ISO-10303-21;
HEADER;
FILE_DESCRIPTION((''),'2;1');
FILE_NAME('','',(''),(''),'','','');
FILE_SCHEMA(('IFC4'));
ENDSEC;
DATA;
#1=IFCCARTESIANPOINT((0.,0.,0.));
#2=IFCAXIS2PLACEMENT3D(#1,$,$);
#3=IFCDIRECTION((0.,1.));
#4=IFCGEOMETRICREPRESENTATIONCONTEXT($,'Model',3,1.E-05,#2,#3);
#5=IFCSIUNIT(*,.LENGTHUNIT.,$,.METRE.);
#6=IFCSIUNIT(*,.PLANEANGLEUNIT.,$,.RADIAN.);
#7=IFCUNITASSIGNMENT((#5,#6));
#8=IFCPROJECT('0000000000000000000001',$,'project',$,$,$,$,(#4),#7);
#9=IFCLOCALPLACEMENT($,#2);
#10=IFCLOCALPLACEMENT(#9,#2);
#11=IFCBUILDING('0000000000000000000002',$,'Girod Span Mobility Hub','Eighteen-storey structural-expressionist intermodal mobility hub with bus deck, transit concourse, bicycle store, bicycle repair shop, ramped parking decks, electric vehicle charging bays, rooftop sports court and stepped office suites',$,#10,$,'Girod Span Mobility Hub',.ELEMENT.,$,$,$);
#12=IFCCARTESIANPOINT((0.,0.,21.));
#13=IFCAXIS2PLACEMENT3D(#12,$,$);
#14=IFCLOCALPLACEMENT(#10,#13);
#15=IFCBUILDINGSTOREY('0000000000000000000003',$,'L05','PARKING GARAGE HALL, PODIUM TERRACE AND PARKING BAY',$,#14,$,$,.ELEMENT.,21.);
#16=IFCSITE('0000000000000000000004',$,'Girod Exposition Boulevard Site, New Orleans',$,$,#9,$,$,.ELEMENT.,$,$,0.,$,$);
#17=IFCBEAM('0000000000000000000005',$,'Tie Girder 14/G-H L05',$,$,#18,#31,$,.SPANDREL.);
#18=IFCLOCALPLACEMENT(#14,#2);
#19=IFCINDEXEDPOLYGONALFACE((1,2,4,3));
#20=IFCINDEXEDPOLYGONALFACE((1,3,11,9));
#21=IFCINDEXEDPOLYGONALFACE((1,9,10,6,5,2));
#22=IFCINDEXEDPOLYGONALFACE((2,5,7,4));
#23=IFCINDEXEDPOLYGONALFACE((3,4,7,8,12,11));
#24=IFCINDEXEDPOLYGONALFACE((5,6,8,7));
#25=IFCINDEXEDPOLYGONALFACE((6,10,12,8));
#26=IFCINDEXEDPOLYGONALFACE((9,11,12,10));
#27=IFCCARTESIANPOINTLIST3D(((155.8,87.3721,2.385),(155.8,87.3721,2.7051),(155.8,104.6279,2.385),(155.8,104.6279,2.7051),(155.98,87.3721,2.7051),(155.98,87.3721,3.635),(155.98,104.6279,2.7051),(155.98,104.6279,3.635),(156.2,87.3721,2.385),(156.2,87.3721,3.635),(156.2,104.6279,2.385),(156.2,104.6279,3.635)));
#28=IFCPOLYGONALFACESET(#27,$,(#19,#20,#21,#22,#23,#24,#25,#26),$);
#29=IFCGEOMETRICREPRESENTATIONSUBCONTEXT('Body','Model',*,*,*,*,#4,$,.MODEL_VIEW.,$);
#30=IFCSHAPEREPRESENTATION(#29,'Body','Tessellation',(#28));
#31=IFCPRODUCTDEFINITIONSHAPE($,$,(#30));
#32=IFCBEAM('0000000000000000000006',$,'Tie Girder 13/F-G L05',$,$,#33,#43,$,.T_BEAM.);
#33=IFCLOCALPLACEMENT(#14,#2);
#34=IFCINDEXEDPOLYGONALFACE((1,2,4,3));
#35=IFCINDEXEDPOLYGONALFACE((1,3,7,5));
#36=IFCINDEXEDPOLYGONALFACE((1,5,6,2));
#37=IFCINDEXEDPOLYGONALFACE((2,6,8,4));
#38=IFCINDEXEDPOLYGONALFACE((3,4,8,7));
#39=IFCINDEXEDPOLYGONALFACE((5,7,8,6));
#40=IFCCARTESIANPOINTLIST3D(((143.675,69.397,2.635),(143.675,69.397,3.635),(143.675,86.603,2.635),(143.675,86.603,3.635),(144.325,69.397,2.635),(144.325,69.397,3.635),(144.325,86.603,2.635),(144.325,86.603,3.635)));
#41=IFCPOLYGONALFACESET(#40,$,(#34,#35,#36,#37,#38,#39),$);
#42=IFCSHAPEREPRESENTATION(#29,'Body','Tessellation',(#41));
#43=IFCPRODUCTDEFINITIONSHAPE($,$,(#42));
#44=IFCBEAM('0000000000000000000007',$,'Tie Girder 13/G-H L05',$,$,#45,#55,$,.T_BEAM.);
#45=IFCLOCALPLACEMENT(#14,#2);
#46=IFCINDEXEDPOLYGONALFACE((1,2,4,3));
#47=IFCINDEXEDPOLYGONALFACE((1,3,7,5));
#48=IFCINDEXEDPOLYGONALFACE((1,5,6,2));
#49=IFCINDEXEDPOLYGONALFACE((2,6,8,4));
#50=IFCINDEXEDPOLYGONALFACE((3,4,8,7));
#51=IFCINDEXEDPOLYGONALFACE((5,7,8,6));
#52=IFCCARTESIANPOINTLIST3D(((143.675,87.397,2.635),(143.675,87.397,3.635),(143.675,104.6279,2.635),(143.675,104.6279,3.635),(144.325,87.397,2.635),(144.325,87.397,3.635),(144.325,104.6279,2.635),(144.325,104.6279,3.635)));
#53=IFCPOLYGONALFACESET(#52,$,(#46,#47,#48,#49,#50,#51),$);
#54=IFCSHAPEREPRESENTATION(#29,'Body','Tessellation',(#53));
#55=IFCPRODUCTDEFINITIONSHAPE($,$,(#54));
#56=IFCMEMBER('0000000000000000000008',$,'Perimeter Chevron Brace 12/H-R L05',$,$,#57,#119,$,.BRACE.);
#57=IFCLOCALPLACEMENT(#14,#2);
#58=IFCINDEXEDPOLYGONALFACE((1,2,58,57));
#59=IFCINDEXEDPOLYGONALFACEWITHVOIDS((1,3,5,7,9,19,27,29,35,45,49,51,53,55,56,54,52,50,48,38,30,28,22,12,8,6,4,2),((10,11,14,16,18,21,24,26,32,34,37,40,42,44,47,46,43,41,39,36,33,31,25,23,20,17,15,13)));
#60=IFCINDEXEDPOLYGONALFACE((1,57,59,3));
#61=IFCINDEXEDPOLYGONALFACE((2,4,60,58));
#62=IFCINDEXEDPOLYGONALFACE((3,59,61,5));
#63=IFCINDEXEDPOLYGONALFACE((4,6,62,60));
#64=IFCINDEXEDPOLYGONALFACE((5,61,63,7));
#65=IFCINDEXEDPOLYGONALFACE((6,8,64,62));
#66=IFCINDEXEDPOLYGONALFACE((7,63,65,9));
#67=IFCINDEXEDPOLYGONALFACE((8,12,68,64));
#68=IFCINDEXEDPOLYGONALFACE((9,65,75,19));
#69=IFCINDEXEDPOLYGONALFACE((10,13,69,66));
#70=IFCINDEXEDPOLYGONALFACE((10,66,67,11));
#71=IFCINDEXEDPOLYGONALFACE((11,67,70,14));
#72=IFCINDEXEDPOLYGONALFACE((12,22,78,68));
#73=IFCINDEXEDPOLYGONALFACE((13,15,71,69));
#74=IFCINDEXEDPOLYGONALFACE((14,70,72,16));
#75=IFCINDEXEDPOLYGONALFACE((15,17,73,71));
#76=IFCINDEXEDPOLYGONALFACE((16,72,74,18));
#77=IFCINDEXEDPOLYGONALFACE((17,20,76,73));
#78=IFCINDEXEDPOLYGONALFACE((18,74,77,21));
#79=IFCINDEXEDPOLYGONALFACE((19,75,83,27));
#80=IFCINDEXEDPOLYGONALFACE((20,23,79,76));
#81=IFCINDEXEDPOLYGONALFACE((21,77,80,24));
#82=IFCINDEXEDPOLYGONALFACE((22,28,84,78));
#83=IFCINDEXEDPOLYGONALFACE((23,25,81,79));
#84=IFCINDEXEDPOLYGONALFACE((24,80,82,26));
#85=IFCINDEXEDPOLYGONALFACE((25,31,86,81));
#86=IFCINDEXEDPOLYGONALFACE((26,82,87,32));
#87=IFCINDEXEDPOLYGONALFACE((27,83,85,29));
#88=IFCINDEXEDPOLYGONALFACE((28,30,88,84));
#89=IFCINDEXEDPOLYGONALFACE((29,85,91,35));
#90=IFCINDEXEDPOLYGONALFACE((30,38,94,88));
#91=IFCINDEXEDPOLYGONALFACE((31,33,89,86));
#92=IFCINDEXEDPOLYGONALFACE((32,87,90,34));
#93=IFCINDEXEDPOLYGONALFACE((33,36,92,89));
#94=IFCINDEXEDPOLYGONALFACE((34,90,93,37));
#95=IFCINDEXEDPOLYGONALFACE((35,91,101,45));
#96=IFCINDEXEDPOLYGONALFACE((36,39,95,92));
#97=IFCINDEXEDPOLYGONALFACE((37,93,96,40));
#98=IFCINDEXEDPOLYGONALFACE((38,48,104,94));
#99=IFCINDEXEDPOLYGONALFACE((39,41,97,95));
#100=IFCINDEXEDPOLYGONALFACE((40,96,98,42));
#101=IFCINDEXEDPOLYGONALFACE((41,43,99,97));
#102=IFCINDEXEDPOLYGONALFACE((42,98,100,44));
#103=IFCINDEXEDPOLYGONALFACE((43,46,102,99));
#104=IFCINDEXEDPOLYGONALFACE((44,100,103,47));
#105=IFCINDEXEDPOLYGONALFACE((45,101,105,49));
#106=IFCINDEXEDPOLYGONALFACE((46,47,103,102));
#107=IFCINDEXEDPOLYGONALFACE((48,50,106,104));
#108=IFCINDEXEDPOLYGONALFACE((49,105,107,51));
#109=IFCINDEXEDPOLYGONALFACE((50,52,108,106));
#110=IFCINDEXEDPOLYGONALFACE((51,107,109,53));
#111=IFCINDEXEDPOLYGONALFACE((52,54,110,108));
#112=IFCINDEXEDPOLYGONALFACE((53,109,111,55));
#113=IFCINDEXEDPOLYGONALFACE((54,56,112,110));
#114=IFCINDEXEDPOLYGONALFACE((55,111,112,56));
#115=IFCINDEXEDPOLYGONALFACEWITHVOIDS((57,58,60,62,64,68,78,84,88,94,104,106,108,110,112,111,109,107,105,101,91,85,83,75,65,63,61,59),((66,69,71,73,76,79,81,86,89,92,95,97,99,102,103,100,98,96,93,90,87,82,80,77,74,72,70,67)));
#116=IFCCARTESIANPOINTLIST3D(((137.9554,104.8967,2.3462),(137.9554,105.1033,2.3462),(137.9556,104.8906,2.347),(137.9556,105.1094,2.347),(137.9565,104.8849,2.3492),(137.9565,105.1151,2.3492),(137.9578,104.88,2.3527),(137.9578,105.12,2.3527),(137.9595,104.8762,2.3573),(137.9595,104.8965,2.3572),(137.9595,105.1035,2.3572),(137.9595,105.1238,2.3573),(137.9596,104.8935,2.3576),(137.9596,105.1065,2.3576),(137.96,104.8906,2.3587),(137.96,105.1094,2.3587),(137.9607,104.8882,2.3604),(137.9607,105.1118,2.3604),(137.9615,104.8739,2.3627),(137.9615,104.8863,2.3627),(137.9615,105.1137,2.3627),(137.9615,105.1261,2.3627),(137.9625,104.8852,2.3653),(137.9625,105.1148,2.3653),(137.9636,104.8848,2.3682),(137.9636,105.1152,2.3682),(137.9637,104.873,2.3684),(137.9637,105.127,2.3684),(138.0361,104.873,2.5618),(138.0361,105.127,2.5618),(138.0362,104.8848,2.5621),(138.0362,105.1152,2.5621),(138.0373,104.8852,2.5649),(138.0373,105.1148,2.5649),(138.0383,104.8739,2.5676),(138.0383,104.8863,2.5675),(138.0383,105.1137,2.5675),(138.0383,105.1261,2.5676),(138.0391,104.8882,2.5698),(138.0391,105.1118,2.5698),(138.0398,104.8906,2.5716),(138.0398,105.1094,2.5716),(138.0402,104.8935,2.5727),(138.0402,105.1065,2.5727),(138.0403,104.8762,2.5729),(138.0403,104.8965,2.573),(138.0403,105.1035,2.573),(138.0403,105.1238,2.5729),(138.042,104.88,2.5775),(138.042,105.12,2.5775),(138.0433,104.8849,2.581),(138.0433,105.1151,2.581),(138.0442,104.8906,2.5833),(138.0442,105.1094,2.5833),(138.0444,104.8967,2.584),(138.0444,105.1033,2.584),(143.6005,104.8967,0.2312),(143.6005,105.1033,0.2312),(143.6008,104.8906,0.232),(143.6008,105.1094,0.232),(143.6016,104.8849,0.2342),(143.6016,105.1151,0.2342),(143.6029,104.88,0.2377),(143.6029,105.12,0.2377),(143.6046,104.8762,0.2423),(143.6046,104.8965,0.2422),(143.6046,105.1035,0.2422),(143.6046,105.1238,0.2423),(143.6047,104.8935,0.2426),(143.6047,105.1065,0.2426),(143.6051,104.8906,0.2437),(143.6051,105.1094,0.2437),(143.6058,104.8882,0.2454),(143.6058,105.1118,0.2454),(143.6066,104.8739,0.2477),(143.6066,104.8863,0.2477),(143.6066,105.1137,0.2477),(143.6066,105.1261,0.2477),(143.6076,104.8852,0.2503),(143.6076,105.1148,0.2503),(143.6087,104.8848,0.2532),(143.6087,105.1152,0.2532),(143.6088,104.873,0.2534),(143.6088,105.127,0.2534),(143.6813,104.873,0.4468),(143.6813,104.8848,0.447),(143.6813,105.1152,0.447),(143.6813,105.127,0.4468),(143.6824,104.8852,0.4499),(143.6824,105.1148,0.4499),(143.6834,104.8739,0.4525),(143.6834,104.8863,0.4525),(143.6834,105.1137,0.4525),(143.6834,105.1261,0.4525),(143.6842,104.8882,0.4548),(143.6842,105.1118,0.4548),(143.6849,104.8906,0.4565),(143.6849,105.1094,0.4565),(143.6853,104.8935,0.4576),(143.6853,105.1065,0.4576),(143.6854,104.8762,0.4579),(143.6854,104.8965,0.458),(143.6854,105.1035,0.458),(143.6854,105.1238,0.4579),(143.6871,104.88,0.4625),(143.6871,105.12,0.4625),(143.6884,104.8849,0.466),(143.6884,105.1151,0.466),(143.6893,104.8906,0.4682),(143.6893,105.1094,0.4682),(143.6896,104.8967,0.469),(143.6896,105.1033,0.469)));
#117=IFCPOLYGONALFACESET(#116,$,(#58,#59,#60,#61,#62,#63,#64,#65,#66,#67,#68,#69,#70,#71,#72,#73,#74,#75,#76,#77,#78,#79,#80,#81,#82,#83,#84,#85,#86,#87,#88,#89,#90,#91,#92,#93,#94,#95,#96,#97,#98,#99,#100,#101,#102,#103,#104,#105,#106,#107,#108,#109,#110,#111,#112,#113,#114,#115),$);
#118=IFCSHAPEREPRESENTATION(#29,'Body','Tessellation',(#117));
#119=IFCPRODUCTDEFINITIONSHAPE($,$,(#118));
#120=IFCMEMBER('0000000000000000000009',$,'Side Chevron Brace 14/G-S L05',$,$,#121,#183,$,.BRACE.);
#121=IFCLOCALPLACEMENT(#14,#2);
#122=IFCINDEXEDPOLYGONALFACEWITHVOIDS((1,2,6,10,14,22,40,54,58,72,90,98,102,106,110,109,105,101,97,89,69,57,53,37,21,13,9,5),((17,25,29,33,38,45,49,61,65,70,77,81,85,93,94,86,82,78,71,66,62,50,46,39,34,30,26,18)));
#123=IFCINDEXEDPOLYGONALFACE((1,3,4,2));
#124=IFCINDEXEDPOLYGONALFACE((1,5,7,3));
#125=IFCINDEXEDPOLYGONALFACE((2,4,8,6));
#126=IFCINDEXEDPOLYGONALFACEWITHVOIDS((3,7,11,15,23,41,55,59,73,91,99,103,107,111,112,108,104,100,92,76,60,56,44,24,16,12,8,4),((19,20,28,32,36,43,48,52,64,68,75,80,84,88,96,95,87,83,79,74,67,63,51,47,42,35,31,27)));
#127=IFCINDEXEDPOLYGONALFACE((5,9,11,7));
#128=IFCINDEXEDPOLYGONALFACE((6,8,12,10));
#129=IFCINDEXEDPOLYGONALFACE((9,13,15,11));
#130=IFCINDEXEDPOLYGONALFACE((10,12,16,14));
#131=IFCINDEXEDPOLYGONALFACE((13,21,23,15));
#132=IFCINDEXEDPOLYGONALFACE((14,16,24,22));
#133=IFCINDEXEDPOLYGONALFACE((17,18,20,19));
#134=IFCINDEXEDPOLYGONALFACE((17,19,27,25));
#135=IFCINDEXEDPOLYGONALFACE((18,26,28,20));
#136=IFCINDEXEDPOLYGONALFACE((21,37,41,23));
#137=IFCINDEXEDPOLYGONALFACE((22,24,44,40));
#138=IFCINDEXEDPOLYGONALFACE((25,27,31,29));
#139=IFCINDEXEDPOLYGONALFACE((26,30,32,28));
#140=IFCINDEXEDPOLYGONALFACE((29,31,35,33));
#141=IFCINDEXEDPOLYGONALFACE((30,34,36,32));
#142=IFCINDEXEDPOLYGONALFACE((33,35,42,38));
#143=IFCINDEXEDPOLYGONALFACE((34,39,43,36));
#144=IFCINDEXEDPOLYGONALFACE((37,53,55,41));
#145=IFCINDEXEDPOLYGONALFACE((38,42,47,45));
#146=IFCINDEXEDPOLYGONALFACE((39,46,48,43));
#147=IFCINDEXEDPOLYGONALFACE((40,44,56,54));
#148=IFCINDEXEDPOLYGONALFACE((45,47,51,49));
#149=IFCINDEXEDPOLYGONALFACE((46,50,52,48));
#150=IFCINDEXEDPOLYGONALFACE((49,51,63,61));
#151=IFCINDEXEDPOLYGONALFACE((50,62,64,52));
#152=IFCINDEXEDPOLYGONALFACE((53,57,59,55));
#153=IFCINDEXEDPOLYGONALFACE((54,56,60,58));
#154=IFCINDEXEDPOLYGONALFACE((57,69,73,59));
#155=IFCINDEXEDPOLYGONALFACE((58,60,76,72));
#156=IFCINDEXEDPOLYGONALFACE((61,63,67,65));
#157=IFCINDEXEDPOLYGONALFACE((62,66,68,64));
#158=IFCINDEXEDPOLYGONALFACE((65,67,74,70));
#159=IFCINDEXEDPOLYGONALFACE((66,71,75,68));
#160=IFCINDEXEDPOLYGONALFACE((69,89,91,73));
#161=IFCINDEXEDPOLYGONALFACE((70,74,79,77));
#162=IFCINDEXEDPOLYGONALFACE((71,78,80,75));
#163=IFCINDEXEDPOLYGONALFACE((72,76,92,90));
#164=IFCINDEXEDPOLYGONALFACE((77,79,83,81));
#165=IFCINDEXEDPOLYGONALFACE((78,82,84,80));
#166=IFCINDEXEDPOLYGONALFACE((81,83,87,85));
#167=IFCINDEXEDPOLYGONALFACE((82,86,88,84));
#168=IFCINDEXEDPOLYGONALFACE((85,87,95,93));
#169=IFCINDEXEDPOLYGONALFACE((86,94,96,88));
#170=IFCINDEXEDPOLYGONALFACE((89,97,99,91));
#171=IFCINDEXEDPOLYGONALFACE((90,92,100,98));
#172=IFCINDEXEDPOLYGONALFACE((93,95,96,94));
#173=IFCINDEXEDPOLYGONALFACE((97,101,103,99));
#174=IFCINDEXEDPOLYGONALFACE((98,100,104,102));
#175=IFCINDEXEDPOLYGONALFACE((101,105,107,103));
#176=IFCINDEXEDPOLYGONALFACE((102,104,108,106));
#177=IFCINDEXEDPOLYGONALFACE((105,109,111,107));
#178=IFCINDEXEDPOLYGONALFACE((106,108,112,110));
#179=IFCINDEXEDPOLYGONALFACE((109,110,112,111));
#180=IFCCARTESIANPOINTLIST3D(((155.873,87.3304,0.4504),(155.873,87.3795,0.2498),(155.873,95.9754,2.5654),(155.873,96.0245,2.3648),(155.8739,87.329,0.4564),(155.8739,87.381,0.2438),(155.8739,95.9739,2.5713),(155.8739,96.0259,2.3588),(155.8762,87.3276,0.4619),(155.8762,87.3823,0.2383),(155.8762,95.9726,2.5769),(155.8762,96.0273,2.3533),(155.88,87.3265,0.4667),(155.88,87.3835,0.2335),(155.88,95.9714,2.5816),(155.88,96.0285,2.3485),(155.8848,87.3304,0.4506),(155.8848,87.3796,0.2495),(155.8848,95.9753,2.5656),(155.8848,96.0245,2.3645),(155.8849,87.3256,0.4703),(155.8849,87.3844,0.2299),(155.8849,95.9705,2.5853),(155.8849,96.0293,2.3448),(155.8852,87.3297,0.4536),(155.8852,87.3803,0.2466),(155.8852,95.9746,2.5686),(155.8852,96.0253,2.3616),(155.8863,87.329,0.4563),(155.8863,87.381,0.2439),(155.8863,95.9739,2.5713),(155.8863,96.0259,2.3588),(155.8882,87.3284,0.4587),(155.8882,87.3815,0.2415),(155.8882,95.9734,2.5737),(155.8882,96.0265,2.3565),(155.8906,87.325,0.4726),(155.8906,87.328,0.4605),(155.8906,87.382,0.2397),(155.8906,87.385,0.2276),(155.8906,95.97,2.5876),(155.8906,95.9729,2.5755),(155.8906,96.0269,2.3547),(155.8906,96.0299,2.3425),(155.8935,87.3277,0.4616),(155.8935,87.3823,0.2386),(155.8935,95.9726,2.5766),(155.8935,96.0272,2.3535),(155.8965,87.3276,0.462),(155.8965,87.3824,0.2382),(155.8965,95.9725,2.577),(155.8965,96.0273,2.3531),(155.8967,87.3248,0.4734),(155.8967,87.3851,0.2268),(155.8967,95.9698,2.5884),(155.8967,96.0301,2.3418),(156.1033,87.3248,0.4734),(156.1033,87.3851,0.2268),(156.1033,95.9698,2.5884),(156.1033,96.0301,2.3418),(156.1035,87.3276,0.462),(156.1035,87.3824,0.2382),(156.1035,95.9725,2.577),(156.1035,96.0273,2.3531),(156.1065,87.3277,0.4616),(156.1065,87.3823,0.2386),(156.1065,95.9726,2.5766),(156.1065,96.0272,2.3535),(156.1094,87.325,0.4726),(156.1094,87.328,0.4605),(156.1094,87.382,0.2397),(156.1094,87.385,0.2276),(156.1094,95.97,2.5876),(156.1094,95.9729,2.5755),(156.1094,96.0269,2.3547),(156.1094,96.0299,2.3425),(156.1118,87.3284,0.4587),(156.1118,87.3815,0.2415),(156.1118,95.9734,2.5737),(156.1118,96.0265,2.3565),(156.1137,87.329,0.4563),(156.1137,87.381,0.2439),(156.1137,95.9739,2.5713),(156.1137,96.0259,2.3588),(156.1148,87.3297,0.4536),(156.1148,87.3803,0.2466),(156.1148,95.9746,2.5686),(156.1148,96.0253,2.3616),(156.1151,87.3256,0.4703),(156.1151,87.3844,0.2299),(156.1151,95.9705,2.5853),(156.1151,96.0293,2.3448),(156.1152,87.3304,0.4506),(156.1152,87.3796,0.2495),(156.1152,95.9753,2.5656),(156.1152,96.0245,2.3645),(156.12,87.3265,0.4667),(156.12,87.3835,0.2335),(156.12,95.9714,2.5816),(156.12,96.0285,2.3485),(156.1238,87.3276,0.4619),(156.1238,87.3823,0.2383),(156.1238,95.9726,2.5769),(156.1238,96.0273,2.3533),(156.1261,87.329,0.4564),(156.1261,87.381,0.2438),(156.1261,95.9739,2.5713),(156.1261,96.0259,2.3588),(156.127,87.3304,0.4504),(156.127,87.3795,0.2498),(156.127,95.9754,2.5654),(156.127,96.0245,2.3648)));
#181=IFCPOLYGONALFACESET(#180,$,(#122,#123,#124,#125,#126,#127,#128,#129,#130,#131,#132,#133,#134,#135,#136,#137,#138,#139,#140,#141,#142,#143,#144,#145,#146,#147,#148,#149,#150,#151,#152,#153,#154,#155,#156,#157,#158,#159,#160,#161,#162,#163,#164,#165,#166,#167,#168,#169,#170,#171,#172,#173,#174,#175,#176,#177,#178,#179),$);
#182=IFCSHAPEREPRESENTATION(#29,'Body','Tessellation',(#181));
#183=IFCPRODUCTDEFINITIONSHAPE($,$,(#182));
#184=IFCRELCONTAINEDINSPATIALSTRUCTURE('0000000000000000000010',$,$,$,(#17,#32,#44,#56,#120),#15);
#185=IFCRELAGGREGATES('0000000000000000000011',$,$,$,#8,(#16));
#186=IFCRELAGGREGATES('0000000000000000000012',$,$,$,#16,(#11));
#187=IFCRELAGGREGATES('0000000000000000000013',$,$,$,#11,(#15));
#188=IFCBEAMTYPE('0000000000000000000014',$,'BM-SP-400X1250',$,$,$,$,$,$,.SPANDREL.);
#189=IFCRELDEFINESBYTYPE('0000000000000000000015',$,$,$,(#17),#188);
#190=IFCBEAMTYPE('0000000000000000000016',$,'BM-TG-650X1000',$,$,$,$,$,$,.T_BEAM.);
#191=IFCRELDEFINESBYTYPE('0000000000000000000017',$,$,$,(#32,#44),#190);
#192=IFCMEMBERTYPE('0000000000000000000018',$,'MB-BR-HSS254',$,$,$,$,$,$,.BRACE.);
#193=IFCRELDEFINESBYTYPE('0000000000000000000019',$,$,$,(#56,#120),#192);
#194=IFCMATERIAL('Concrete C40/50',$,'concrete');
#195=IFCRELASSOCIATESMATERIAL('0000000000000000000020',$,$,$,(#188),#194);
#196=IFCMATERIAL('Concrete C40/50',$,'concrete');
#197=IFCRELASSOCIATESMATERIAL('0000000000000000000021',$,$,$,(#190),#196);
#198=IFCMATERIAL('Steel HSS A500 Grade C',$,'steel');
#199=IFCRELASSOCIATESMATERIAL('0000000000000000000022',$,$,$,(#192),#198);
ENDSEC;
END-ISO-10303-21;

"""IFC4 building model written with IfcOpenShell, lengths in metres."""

from ifc_helpers import new_model, si_unit, direction, frame, origin, origin_2d, place, context, subcontext, project, spatial, polyline, rectangle, hollow_rectangle, outline, extrude, material, material_profile, profile_set, type_object, element, save


model = new_model("IFC4")

# Units and contexts
model_context = context("Model", 3, precision=1e-05, world=origin(), true_north=direction((0.0, 1.0)))
body_context = subcontext(model_context, "Body", "Model", "MODEL_VIEW")
ifc_project = project(units=[si_unit("LENGTHUNIT", "METRE"), si_unit("PLANEANGLEUNIT", "RADIAN")], contexts=[model_context])

# Site, building, storey
site_placement = place(None, origin())
site = spatial("IfcSite", under=ifc_project, at=site_placement, Name="Girod Exposition Boulevard Site, New Orleans", CompositionType="ELEMENT", RefElevation=0.0)
building_placement = place(site_placement, origin())
building = spatial("IfcBuilding", under=site, at=building_placement, Name="Girod Span Mobility Hub", Description="Eighteen-storey structural-expressionist intermodal mobility hub with bus deck, transit concourse, bicycle store, bicycle repair shop, ramped parking decks, electric vehicle charging bays, rooftop sports court and stepped office suites", LongName="Girod Span Mobility Hub", CompositionType="ELEMENT")
storey_placement = place(building_placement, frame((0.0, 0.0, 21.0)))
storey = spatial("IfcBuildingStorey", under=building, at=storey_placement, Name="L05", Description="PARKING GARAGE HALL, PODIUM TERRACE AND PARKING BAY", CompositionType="ELEMENT", Elevation=21.0)

# Beams
ifc_material_1 = material(Name="Concrete C40/50", Category="concrete")
ifc_material_profile_1 = material_profile(ifc_material_1, outline(polyline([(-0.2, -0.625), (0.2, -0.625), (0.2, -0.3049), (0.02, -0.3049), (0.02, 0.625), (-0.2, 0.625), (-0.2, -0.625)])), Name="SP-400X1250")
ifc_profile_set_1 = profile_set([ifc_material_profile_1], Name="Concrete C40/50")
beam_type_1 = type_object("IfcBeamType", Name="BM-SP-400X1250", PredefinedType="SPANDREL", material=ifc_profile_set_1)
beam_1_placement = place(storey_placement, frame((156.0, 87.3721, 3.01), z_axis=(0.0, 1.0, 0.0), x_axis=(-1.0, 0.0, 0.0)))
element("IfcBeam", 1, at=beam_1_placement, inside=storey, type_object=beam_type_1, Name="Tie Girder 14/G-H L05", PredefinedType="SPANDREL", context=body_context, shape_type="SweptSolid", body=[
    extrude(outline(polyline([(-0.2, -0.625), (0.2, -0.625), (0.2, -0.3049), (0.02, -0.3049), (0.02, 0.625), (-0.2, 0.625), (-0.2, -0.625)])), origin(), (0.0, 0.0, 1.0), 17.2559),
])
ifc_material_2 = material(Name="Concrete C40/50", Category="concrete")
ifc_material_profile_2 = material_profile(ifc_material_2, rectangle(XDim=0.6499, YDim=1.0, at=origin_2d()), Name="TG-650X1000")
ifc_profile_set_2 = profile_set([ifc_material_profile_2], Name="Concrete C40/50")
beam_type_2 = type_object("IfcBeamType", Name="BM-TG-650X1000", PredefinedType="T_BEAM", material=ifc_profile_set_2)
beam_2_placement = place(storey_placement, frame((144.0, 69.397, 3.135), z_axis=(0.0, 1.0, 0.0), x_axis=(-1.0, 0.0, 0.0)))
element("IfcBeam", 2, at=beam_2_placement, inside=storey, type_object=beam_type_2, Name="Tie Girder 13/F-G L05", PredefinedType="T_BEAM", context=body_context, shape_type="SweptSolid", body=[
    extrude(rectangle(XDim=0.6499, YDim=1.0, at=origin_2d()), origin(), (0.0, 0.0, 1.0), 17.2061),
])
beam_3_placement = place(storey_placement, frame((144.0, 87.397, 3.135), z_axis=(0.0, 1.0, 0.0), x_axis=(-1.0, 0.0, 0.0)))
element("IfcBeam", 3, at=beam_3_placement, inside=storey, type_object=beam_type_2, Name="Tie Girder 13/G-H L05", PredefinedType="T_BEAM", context=body_context, shape_type="SweptSolid", body=[
    extrude(rectangle(XDim=0.6499, YDim=1.0, at=origin_2d()), origin(), (0.0, 0.0, 1.0), 17.231),
])

# Members
ifc_material_3 = material(Name="Steel HSS A500 Grade C", Category="steel")
ifc_material_profile_3 = material_profile(ifc_material_3, hollow_rectangle(XDim=0.2539, YDim=0.2539, WallThickness=0.0117, InnerFilletRadius=0.0117, OuterFilletRadius=0.0237, at=origin_2d()), Name="HSS254X254X12.7")
ifc_profile_set_3 = profile_set([ifc_material_profile_3], Name="Steel HSS A500 Grade C")
member_type = type_object("IfcMemberType", Name="MB-BR-HSS254", PredefinedType="BRACE", material=ifc_profile_set_3)
member_placement = place(storey_placement, frame((143.645, 105.0, 0.3501), z_axis=(-0.936432, 0.0, 0.350848), x_axis=(0.0, -1.0, 0.0)))
element("IfcMember", 4, at=member_placement, inside=storey, type_object=member_type, Name="Perimeter Chevron Brace 12/H-R L05", PredefinedType="BRACE", context=body_context, shape_type="SweptSolid", body=[
    extrude(hollow_rectangle(XDim=0.2539, YDim=0.2539, WallThickness=0.0117, InnerFilletRadius=0.0117, OuterFilletRadius=0.0237, at=origin_2d()), origin(), (0.0, 0.0, 1.0), 6.0283),
])
for number, where, z_axis, x_axis, name in (
    (5, (156.0, 87.355, 0.3501), (0.0, 0.971353, 0.23764), (-1.0, 0.0, 0.0), "Side Chevron Brace 14/G-S L05"),
):
    element("IfcMember", number, at=place(storey_placement, frame(where, z_axis=z_axis, x_axis=x_axis)), inside=storey, type_object=member_type, Name=name, PredefinedType="BRACE", context=body_context, shape_type="SweptSolid", body=[
        extrude(hollow_rectangle(XDim=0.2539, YDim=0.2539, WallThickness=0.0117, InnerFilletRadius=0.0117, OuterFilletRadius=0.0237, at=origin_2d()), origin(), (0.0, 0.0, 1.0), 8.8999),
    ])

save(model, "model.ifc")
